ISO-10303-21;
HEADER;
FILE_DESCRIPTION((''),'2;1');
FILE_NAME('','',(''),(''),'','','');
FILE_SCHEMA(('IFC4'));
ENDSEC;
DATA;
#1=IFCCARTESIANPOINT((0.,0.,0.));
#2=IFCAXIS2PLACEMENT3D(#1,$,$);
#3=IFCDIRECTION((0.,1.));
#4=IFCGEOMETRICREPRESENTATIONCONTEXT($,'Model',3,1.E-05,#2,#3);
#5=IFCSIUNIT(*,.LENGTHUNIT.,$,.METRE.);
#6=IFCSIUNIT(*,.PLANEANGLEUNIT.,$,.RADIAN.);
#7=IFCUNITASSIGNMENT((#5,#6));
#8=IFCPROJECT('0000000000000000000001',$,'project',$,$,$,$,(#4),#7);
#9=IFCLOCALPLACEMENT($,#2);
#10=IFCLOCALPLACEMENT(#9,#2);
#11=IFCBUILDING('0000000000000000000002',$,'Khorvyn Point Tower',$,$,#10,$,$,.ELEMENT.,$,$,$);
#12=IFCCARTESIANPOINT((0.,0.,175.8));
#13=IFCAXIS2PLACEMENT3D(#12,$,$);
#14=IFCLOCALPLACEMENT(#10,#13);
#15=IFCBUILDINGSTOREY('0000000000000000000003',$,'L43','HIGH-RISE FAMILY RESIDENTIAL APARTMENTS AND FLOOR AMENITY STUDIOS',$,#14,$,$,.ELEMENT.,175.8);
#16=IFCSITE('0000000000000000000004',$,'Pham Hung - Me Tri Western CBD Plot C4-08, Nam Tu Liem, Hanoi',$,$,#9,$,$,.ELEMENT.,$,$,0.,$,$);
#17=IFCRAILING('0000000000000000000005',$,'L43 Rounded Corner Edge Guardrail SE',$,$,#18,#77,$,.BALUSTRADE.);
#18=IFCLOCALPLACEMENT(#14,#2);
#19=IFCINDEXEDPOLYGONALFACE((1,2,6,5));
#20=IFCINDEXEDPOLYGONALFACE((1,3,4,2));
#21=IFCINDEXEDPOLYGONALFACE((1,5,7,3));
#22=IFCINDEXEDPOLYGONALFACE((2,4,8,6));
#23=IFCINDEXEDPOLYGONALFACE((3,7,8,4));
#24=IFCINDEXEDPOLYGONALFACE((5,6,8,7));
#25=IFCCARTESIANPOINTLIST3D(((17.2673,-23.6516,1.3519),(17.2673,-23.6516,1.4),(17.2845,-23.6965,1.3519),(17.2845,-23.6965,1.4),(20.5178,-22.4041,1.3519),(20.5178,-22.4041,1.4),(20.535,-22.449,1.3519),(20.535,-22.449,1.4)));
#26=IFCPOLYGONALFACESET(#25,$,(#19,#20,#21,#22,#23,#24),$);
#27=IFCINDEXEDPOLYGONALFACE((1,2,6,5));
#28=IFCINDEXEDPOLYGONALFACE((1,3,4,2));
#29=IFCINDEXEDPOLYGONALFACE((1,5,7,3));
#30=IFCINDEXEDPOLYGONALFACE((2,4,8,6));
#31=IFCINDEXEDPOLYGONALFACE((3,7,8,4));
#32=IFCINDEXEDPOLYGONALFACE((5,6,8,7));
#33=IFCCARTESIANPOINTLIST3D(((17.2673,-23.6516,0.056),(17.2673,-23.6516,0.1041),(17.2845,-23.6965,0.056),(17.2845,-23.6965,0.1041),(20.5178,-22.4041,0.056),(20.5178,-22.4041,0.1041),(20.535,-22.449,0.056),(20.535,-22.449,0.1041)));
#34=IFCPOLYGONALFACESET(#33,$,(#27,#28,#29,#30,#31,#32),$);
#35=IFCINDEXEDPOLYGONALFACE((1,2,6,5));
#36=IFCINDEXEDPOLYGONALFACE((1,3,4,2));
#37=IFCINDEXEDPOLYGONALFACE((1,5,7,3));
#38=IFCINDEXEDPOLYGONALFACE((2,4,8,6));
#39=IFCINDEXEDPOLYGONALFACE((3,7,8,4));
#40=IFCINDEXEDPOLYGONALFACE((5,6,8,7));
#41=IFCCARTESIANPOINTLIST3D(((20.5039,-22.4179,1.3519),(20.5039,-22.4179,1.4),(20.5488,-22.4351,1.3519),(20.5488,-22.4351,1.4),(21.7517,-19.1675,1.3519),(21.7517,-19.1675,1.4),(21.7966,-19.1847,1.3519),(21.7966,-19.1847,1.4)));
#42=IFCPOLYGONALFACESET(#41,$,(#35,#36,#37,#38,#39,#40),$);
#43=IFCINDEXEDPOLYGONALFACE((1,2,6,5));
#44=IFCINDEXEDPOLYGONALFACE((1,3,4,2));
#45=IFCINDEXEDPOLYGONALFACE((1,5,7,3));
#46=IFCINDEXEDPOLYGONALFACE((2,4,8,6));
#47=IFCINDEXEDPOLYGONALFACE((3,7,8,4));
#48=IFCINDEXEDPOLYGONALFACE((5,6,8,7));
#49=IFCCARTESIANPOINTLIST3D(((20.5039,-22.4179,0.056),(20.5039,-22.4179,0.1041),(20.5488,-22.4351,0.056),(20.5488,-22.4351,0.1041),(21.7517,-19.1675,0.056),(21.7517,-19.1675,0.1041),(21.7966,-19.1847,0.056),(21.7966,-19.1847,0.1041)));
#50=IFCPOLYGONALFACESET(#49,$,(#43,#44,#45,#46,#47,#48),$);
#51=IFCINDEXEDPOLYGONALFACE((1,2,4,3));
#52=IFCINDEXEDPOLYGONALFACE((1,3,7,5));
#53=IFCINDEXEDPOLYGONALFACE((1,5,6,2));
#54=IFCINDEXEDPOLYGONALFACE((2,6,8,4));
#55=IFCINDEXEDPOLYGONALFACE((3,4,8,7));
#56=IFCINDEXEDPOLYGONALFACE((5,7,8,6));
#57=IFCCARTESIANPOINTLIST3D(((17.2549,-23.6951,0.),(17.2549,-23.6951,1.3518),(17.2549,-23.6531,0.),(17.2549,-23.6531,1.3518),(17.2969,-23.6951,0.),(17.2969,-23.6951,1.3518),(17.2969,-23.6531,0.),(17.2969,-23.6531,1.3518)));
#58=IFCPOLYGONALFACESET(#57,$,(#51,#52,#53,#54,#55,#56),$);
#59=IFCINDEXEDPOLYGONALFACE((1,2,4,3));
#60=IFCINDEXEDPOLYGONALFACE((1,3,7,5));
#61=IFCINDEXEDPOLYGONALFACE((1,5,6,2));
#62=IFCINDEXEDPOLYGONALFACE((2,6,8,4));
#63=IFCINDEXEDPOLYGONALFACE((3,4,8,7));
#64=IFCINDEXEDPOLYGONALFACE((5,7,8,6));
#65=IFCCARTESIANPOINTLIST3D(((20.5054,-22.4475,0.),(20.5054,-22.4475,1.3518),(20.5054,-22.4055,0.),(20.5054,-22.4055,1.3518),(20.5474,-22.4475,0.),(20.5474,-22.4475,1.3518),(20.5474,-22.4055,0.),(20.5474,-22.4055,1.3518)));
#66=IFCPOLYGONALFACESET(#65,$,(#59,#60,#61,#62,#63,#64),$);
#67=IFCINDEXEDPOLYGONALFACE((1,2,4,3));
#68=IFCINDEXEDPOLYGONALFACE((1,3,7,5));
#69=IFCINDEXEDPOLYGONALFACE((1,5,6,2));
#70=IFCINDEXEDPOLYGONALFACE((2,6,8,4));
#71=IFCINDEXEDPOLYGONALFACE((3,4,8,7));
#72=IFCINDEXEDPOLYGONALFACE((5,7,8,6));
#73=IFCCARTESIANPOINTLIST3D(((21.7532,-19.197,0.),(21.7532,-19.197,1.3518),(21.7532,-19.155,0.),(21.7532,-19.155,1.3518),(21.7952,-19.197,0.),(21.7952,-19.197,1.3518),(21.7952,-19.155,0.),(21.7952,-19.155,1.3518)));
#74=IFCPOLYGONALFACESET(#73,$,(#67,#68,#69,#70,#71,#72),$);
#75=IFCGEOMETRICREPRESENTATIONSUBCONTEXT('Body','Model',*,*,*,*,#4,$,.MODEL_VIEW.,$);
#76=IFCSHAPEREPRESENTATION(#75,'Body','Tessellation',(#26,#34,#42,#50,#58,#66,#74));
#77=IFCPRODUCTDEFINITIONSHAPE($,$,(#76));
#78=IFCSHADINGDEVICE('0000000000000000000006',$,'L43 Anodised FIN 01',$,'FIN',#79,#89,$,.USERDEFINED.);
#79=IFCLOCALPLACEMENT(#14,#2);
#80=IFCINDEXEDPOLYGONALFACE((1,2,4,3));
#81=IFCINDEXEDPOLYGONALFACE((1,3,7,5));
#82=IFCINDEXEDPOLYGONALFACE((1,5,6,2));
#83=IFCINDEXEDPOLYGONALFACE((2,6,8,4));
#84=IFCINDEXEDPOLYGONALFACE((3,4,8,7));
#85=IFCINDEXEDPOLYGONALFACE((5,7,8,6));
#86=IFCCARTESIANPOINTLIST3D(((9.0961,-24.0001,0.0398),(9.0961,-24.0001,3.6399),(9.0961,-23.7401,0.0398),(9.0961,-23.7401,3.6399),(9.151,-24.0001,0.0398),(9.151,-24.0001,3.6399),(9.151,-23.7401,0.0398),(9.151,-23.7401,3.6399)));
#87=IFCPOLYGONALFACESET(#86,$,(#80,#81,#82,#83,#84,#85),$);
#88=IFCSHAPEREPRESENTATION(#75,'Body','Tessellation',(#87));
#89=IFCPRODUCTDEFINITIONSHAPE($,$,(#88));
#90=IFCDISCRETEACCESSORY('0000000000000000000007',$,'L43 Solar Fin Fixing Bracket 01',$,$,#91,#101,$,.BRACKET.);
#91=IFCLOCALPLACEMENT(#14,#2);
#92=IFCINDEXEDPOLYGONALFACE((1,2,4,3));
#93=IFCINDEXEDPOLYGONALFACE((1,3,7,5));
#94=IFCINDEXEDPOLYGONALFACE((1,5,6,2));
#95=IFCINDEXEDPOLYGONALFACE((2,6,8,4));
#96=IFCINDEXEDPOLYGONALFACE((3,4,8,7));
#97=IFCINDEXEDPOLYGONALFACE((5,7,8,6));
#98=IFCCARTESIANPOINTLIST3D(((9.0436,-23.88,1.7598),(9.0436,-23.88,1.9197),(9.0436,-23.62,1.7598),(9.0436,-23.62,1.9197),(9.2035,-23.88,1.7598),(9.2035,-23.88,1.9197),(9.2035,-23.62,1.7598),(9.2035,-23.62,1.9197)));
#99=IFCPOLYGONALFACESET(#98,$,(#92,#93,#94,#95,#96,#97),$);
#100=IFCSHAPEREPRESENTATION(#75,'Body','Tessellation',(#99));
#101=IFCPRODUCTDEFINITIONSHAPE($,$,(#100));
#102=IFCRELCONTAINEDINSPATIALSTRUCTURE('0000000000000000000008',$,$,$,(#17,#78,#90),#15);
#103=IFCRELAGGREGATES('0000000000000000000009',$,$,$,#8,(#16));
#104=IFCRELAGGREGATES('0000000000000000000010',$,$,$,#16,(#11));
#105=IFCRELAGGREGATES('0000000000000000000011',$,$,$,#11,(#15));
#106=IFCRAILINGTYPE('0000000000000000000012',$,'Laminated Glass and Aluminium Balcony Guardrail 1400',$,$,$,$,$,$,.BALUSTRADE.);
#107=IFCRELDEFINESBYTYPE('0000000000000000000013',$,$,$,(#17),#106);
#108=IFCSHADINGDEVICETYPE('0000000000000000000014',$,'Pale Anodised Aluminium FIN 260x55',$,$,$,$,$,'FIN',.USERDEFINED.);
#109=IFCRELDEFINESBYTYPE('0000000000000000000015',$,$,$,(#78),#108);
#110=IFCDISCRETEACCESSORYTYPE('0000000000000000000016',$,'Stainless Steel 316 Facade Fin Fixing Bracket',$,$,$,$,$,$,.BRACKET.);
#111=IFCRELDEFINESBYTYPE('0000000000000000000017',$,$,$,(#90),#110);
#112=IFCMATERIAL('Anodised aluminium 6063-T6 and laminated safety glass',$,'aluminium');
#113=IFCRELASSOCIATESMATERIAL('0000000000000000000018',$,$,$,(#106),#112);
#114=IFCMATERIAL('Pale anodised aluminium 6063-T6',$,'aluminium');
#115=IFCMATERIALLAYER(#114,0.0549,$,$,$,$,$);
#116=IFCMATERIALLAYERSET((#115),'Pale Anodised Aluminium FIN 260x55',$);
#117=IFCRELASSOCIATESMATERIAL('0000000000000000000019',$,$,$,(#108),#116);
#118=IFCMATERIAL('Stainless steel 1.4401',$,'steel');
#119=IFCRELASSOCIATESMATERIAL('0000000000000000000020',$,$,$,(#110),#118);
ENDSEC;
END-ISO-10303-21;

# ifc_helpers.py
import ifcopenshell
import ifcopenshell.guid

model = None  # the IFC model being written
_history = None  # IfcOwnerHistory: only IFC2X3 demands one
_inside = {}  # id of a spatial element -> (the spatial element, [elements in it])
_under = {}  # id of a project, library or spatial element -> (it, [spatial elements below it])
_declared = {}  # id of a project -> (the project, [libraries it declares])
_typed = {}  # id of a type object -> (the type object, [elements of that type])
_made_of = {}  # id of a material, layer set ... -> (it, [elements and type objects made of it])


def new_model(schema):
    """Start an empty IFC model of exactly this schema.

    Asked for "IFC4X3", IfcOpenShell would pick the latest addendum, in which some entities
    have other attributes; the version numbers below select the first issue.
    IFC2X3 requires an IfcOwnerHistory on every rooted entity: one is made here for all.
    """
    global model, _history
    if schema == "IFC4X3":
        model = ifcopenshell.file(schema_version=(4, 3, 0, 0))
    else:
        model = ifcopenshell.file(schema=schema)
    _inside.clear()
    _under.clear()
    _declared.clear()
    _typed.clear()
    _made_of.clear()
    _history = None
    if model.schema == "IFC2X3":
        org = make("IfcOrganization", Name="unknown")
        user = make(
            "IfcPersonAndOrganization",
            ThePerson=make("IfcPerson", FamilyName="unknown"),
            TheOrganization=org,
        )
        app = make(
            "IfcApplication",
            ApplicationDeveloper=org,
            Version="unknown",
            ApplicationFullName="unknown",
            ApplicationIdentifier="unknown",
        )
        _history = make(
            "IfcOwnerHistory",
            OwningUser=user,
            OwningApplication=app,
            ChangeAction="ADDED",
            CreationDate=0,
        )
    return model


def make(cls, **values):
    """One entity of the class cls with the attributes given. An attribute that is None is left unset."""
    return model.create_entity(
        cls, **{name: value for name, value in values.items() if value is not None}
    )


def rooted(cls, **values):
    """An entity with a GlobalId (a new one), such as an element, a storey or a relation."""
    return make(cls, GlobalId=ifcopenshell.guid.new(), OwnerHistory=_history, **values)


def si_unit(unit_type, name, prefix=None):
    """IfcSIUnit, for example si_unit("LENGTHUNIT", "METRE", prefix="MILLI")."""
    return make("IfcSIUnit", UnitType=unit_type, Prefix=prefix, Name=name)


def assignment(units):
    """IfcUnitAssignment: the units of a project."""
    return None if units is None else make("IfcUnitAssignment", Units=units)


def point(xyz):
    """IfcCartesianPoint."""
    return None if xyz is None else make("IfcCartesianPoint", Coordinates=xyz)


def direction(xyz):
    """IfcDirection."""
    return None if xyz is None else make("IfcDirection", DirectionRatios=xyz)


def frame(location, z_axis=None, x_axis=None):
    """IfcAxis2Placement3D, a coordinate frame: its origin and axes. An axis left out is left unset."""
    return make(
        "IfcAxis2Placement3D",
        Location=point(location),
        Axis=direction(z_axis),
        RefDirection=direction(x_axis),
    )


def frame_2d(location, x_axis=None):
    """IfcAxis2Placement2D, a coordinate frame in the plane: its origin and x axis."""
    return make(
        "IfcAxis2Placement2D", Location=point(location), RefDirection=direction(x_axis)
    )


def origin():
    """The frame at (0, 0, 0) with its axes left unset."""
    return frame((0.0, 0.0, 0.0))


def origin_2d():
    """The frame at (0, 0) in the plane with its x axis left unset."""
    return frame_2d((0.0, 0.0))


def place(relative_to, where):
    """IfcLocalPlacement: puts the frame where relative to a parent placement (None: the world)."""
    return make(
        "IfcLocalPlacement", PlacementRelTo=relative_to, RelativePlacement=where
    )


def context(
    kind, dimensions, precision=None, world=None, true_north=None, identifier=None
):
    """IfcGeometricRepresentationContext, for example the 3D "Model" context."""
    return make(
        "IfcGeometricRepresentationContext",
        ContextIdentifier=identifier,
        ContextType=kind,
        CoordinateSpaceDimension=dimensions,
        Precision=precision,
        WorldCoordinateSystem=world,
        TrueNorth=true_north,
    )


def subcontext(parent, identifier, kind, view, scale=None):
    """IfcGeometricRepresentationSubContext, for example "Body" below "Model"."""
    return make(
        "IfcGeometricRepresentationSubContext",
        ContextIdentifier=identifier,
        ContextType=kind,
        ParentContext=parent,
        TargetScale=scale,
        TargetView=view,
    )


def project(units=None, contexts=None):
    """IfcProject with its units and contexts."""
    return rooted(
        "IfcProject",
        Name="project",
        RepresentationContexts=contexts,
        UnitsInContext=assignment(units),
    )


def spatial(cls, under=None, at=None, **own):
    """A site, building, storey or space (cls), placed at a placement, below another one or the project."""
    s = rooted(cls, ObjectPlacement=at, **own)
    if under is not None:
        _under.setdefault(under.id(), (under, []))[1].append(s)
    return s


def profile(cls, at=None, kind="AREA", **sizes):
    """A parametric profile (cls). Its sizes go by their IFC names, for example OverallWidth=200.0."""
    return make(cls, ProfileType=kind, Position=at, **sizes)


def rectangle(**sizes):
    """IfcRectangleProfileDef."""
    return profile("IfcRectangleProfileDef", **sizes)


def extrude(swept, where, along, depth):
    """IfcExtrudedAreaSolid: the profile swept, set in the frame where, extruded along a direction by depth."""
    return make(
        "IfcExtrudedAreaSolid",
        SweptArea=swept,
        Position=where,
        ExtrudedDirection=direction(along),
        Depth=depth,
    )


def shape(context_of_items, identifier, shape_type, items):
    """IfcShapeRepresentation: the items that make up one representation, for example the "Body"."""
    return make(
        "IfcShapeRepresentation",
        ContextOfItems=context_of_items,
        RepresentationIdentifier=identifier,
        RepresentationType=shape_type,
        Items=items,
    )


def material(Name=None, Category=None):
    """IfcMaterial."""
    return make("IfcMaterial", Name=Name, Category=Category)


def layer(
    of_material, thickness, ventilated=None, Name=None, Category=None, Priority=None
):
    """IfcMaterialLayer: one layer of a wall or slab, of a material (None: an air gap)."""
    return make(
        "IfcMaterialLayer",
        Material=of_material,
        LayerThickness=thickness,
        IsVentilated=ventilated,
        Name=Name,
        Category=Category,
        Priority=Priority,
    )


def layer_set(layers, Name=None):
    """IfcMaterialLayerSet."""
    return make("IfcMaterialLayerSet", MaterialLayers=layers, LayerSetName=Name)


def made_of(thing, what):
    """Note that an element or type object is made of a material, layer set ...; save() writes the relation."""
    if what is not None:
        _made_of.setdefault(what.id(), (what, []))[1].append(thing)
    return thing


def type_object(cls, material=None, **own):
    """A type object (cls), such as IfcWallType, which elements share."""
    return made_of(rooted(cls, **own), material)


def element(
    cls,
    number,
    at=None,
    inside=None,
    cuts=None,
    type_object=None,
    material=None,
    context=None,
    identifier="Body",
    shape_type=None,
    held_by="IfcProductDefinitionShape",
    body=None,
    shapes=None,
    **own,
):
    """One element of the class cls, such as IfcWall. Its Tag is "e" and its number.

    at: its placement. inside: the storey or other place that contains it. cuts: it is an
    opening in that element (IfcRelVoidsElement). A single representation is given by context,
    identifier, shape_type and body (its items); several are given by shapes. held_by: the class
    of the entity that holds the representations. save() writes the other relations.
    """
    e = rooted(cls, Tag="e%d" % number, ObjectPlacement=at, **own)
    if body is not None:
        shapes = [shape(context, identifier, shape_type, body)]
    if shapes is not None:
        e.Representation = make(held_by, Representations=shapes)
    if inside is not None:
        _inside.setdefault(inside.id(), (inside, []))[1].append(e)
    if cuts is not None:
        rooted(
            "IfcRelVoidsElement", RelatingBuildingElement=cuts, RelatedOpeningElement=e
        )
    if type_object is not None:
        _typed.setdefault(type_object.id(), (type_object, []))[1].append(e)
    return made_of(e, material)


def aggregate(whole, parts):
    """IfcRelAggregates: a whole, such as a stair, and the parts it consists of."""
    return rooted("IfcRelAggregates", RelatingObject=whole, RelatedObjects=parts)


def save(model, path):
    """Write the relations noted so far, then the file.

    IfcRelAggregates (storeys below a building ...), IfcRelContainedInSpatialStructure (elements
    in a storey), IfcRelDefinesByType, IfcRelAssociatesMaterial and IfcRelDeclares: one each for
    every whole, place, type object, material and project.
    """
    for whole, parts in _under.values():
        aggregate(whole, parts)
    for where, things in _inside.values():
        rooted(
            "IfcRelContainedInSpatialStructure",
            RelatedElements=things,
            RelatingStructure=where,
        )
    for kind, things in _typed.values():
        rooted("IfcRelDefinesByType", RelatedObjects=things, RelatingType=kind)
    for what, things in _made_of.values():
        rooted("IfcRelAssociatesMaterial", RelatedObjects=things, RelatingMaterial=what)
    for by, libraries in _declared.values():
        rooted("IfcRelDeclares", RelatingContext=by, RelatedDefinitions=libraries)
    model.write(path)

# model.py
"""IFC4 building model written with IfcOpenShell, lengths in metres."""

from ifc_helpers import new_model, si_unit, direction, frame, origin, origin_2d, place, context, subcontext, project, spatial, rectangle, extrude, material, layer, layer_set, type_object, element, save


model = new_model("IFC4")

# Units and contexts
model_context = context("Model", 3, precision=1e-05, world=origin(), true_north=direction((0.0, 1.0)))
body_context = subcontext(model_context, "Body", "Model", "MODEL_VIEW")
ifc_project = project(units=[si_unit("LENGTHUNIT", "METRE"), si_unit("PLANEANGLEUNIT", "RADIAN")], contexts=[model_context])

# Site, building, storey
site_placement = place(None, origin())
site = spatial("IfcSite", under=ifc_project, at=site_placement, Name="Pham Hung - Me Tri Western CBD Plot C4-08, Nam Tu Liem, Hanoi", CompositionType="ELEMENT", RefElevation=0.0)
building_placement = place(site_placement, origin())
building = spatial("IfcBuilding", under=site, at=building_placement, Name="Khorvyn Point Tower", CompositionType="ELEMENT")
storey_placement = place(building_placement, frame((0.0, 0.0, 175.8)))
storey = spatial("IfcBuildingStorey", under=building, at=storey_placement, Name="L43", Description="HIGH-RISE FAMILY RESIDENTIAL APARTMENTS AND FLOOR AMENITY STUDIOS", CompositionType="ELEMENT", Elevation=175.8)

# Railing
ifc_material_1 = material(Name="Anodised aluminium 6063-T6 and laminated safety glass", Category="aluminium")
railing_type = type_object("IfcRailingType", Name="Laminated Glass and Aluminium Balcony Guardrail 1400", PredefinedType="BALUSTRADE", material=ifc_material_1)
railing_placement = place(storey_placement, frame((17.2759, -23.6741, 0.0)))
element("IfcRailing", 1, at=railing_placement, inside=storey, type_object=railing_type, Name="L43 Rounded Corner Edge Guardrail SE", PredefinedType="BALUSTRADE", context=body_context, shape_type="SweptSolid", body=[
    extrude(rectangle(XDim=0.0481, YDim=0.0481, at=origin_2d()), frame((0.0, 0.0, 1.376), z_axis=(0.933598, 0.358321, 0.0), x_axis=(-0.358321, 0.933598, 0.0)), (0.0, 0.0, 1.0), 3.4817),
    extrude(rectangle(XDim=0.0481, YDim=0.0481, at=origin_2d()), frame((0.0, 0.0, 0.0801), z_axis=(0.933598, 0.358321, 0.0), x_axis=(-0.358321, 0.933598, 0.0)), (0.0, 0.0, 1.0), 3.4817),
    extrude(rectangle(XDim=0.0481, YDim=0.0481, at=origin_2d()), frame((3.2505, 1.2476, 1.376), z_axis=(0.358382, 0.933575, 0.0), x_axis=(-0.933575, 0.358382, 0.0)), (0.0, 0.0, 1.0), 3.4817),
    extrude(rectangle(XDim=0.0481, YDim=0.0481, at=origin_2d()), frame((3.2505, 1.2476, 0.0801), z_axis=(0.358382, 0.933575, 0.0), x_axis=(-0.933575, 0.358382, 0.0)), (0.0, 0.0, 1.0), 3.4817),
    extrude(rectangle(XDim=0.042, YDim=0.042, at=origin_2d()), origin(), (0.0, 0.0, 1.0), 1.3518),
    extrude(rectangle(XDim=0.042, YDim=0.042, at=origin_2d()), frame((3.2505, 1.2476, 0.0)), (0.0, 0.0, 1.0), 1.3518),
    extrude(rectangle(XDim=0.042, YDim=0.042, at=origin_2d()), frame((4.4983, 4.498, 0.0)), (0.0, 0.0, 1.0), 1.3518),
])

# Shading device
ifc_material_2 = material(Name="Pale anodised aluminium 6063-T6", Category="aluminium")
ifc_layer_1 = layer(ifc_material_2, 0.0549)
ifc_layer_set_1 = layer_set([ifc_layer_1], Name="Pale Anodised Aluminium FIN 260x55")
shading_device_type = type_object("IfcShadingDeviceType", Name="Pale Anodised Aluminium FIN 260x55", ElementType="FIN", PredefinedType="USERDEFINED", material=ifc_layer_set_1)
shading_device_placement = place(storey_placement, frame((9.1235, -23.8701, 0.0398), z_axis=(0.0, 0.0, 1.0), x_axis=(0.0, -1.0, 0.0)))
element("IfcShadingDevice", 2, at=shading_device_placement, inside=storey, type_object=shading_device_type, Name="L43 Anodised FIN 01", ObjectType="FIN", PredefinedType="USERDEFINED", context=body_context, shape_type="SweptSolid", body=[
    extrude(rectangle(XDim=0.26, YDim=0.0549, at=origin_2d()), origin(), (0.0, 0.0, 1.0), 3.6001),
])

# Discrete accessory
ifc_material_3 = material(Name="Stainless steel 1.4401", Category="steel")
discrete_accessory_type = type_object("IfcDiscreteAccessoryType", Name="Stainless Steel 316 Facade Fin Fixing Bracket", PredefinedType="BRACKET", material=ifc_material_3)
discrete_accessory_placement = place(storey_placement, frame((9.1235, -23.75, 1.7598), z_axis=(0.0, 0.0, 1.0), x_axis=(-1.0, 0.0, 0.0)))
element("IfcDiscreteAccessory", 3, at=discrete_accessory_placement, inside=storey, type_object=discrete_accessory_type, Name="L43 Solar Fin Fixing Bracket 01", PredefinedType="BRACKET", context=body_context, shape_type="SweptSolid", body=[
    extrude(rectangle(XDim=0.1599, YDim=0.26, at=origin_2d()), origin(), (0.0, 0.0, 1.0), 0.1599),
])

save(model, "model.ifc")
